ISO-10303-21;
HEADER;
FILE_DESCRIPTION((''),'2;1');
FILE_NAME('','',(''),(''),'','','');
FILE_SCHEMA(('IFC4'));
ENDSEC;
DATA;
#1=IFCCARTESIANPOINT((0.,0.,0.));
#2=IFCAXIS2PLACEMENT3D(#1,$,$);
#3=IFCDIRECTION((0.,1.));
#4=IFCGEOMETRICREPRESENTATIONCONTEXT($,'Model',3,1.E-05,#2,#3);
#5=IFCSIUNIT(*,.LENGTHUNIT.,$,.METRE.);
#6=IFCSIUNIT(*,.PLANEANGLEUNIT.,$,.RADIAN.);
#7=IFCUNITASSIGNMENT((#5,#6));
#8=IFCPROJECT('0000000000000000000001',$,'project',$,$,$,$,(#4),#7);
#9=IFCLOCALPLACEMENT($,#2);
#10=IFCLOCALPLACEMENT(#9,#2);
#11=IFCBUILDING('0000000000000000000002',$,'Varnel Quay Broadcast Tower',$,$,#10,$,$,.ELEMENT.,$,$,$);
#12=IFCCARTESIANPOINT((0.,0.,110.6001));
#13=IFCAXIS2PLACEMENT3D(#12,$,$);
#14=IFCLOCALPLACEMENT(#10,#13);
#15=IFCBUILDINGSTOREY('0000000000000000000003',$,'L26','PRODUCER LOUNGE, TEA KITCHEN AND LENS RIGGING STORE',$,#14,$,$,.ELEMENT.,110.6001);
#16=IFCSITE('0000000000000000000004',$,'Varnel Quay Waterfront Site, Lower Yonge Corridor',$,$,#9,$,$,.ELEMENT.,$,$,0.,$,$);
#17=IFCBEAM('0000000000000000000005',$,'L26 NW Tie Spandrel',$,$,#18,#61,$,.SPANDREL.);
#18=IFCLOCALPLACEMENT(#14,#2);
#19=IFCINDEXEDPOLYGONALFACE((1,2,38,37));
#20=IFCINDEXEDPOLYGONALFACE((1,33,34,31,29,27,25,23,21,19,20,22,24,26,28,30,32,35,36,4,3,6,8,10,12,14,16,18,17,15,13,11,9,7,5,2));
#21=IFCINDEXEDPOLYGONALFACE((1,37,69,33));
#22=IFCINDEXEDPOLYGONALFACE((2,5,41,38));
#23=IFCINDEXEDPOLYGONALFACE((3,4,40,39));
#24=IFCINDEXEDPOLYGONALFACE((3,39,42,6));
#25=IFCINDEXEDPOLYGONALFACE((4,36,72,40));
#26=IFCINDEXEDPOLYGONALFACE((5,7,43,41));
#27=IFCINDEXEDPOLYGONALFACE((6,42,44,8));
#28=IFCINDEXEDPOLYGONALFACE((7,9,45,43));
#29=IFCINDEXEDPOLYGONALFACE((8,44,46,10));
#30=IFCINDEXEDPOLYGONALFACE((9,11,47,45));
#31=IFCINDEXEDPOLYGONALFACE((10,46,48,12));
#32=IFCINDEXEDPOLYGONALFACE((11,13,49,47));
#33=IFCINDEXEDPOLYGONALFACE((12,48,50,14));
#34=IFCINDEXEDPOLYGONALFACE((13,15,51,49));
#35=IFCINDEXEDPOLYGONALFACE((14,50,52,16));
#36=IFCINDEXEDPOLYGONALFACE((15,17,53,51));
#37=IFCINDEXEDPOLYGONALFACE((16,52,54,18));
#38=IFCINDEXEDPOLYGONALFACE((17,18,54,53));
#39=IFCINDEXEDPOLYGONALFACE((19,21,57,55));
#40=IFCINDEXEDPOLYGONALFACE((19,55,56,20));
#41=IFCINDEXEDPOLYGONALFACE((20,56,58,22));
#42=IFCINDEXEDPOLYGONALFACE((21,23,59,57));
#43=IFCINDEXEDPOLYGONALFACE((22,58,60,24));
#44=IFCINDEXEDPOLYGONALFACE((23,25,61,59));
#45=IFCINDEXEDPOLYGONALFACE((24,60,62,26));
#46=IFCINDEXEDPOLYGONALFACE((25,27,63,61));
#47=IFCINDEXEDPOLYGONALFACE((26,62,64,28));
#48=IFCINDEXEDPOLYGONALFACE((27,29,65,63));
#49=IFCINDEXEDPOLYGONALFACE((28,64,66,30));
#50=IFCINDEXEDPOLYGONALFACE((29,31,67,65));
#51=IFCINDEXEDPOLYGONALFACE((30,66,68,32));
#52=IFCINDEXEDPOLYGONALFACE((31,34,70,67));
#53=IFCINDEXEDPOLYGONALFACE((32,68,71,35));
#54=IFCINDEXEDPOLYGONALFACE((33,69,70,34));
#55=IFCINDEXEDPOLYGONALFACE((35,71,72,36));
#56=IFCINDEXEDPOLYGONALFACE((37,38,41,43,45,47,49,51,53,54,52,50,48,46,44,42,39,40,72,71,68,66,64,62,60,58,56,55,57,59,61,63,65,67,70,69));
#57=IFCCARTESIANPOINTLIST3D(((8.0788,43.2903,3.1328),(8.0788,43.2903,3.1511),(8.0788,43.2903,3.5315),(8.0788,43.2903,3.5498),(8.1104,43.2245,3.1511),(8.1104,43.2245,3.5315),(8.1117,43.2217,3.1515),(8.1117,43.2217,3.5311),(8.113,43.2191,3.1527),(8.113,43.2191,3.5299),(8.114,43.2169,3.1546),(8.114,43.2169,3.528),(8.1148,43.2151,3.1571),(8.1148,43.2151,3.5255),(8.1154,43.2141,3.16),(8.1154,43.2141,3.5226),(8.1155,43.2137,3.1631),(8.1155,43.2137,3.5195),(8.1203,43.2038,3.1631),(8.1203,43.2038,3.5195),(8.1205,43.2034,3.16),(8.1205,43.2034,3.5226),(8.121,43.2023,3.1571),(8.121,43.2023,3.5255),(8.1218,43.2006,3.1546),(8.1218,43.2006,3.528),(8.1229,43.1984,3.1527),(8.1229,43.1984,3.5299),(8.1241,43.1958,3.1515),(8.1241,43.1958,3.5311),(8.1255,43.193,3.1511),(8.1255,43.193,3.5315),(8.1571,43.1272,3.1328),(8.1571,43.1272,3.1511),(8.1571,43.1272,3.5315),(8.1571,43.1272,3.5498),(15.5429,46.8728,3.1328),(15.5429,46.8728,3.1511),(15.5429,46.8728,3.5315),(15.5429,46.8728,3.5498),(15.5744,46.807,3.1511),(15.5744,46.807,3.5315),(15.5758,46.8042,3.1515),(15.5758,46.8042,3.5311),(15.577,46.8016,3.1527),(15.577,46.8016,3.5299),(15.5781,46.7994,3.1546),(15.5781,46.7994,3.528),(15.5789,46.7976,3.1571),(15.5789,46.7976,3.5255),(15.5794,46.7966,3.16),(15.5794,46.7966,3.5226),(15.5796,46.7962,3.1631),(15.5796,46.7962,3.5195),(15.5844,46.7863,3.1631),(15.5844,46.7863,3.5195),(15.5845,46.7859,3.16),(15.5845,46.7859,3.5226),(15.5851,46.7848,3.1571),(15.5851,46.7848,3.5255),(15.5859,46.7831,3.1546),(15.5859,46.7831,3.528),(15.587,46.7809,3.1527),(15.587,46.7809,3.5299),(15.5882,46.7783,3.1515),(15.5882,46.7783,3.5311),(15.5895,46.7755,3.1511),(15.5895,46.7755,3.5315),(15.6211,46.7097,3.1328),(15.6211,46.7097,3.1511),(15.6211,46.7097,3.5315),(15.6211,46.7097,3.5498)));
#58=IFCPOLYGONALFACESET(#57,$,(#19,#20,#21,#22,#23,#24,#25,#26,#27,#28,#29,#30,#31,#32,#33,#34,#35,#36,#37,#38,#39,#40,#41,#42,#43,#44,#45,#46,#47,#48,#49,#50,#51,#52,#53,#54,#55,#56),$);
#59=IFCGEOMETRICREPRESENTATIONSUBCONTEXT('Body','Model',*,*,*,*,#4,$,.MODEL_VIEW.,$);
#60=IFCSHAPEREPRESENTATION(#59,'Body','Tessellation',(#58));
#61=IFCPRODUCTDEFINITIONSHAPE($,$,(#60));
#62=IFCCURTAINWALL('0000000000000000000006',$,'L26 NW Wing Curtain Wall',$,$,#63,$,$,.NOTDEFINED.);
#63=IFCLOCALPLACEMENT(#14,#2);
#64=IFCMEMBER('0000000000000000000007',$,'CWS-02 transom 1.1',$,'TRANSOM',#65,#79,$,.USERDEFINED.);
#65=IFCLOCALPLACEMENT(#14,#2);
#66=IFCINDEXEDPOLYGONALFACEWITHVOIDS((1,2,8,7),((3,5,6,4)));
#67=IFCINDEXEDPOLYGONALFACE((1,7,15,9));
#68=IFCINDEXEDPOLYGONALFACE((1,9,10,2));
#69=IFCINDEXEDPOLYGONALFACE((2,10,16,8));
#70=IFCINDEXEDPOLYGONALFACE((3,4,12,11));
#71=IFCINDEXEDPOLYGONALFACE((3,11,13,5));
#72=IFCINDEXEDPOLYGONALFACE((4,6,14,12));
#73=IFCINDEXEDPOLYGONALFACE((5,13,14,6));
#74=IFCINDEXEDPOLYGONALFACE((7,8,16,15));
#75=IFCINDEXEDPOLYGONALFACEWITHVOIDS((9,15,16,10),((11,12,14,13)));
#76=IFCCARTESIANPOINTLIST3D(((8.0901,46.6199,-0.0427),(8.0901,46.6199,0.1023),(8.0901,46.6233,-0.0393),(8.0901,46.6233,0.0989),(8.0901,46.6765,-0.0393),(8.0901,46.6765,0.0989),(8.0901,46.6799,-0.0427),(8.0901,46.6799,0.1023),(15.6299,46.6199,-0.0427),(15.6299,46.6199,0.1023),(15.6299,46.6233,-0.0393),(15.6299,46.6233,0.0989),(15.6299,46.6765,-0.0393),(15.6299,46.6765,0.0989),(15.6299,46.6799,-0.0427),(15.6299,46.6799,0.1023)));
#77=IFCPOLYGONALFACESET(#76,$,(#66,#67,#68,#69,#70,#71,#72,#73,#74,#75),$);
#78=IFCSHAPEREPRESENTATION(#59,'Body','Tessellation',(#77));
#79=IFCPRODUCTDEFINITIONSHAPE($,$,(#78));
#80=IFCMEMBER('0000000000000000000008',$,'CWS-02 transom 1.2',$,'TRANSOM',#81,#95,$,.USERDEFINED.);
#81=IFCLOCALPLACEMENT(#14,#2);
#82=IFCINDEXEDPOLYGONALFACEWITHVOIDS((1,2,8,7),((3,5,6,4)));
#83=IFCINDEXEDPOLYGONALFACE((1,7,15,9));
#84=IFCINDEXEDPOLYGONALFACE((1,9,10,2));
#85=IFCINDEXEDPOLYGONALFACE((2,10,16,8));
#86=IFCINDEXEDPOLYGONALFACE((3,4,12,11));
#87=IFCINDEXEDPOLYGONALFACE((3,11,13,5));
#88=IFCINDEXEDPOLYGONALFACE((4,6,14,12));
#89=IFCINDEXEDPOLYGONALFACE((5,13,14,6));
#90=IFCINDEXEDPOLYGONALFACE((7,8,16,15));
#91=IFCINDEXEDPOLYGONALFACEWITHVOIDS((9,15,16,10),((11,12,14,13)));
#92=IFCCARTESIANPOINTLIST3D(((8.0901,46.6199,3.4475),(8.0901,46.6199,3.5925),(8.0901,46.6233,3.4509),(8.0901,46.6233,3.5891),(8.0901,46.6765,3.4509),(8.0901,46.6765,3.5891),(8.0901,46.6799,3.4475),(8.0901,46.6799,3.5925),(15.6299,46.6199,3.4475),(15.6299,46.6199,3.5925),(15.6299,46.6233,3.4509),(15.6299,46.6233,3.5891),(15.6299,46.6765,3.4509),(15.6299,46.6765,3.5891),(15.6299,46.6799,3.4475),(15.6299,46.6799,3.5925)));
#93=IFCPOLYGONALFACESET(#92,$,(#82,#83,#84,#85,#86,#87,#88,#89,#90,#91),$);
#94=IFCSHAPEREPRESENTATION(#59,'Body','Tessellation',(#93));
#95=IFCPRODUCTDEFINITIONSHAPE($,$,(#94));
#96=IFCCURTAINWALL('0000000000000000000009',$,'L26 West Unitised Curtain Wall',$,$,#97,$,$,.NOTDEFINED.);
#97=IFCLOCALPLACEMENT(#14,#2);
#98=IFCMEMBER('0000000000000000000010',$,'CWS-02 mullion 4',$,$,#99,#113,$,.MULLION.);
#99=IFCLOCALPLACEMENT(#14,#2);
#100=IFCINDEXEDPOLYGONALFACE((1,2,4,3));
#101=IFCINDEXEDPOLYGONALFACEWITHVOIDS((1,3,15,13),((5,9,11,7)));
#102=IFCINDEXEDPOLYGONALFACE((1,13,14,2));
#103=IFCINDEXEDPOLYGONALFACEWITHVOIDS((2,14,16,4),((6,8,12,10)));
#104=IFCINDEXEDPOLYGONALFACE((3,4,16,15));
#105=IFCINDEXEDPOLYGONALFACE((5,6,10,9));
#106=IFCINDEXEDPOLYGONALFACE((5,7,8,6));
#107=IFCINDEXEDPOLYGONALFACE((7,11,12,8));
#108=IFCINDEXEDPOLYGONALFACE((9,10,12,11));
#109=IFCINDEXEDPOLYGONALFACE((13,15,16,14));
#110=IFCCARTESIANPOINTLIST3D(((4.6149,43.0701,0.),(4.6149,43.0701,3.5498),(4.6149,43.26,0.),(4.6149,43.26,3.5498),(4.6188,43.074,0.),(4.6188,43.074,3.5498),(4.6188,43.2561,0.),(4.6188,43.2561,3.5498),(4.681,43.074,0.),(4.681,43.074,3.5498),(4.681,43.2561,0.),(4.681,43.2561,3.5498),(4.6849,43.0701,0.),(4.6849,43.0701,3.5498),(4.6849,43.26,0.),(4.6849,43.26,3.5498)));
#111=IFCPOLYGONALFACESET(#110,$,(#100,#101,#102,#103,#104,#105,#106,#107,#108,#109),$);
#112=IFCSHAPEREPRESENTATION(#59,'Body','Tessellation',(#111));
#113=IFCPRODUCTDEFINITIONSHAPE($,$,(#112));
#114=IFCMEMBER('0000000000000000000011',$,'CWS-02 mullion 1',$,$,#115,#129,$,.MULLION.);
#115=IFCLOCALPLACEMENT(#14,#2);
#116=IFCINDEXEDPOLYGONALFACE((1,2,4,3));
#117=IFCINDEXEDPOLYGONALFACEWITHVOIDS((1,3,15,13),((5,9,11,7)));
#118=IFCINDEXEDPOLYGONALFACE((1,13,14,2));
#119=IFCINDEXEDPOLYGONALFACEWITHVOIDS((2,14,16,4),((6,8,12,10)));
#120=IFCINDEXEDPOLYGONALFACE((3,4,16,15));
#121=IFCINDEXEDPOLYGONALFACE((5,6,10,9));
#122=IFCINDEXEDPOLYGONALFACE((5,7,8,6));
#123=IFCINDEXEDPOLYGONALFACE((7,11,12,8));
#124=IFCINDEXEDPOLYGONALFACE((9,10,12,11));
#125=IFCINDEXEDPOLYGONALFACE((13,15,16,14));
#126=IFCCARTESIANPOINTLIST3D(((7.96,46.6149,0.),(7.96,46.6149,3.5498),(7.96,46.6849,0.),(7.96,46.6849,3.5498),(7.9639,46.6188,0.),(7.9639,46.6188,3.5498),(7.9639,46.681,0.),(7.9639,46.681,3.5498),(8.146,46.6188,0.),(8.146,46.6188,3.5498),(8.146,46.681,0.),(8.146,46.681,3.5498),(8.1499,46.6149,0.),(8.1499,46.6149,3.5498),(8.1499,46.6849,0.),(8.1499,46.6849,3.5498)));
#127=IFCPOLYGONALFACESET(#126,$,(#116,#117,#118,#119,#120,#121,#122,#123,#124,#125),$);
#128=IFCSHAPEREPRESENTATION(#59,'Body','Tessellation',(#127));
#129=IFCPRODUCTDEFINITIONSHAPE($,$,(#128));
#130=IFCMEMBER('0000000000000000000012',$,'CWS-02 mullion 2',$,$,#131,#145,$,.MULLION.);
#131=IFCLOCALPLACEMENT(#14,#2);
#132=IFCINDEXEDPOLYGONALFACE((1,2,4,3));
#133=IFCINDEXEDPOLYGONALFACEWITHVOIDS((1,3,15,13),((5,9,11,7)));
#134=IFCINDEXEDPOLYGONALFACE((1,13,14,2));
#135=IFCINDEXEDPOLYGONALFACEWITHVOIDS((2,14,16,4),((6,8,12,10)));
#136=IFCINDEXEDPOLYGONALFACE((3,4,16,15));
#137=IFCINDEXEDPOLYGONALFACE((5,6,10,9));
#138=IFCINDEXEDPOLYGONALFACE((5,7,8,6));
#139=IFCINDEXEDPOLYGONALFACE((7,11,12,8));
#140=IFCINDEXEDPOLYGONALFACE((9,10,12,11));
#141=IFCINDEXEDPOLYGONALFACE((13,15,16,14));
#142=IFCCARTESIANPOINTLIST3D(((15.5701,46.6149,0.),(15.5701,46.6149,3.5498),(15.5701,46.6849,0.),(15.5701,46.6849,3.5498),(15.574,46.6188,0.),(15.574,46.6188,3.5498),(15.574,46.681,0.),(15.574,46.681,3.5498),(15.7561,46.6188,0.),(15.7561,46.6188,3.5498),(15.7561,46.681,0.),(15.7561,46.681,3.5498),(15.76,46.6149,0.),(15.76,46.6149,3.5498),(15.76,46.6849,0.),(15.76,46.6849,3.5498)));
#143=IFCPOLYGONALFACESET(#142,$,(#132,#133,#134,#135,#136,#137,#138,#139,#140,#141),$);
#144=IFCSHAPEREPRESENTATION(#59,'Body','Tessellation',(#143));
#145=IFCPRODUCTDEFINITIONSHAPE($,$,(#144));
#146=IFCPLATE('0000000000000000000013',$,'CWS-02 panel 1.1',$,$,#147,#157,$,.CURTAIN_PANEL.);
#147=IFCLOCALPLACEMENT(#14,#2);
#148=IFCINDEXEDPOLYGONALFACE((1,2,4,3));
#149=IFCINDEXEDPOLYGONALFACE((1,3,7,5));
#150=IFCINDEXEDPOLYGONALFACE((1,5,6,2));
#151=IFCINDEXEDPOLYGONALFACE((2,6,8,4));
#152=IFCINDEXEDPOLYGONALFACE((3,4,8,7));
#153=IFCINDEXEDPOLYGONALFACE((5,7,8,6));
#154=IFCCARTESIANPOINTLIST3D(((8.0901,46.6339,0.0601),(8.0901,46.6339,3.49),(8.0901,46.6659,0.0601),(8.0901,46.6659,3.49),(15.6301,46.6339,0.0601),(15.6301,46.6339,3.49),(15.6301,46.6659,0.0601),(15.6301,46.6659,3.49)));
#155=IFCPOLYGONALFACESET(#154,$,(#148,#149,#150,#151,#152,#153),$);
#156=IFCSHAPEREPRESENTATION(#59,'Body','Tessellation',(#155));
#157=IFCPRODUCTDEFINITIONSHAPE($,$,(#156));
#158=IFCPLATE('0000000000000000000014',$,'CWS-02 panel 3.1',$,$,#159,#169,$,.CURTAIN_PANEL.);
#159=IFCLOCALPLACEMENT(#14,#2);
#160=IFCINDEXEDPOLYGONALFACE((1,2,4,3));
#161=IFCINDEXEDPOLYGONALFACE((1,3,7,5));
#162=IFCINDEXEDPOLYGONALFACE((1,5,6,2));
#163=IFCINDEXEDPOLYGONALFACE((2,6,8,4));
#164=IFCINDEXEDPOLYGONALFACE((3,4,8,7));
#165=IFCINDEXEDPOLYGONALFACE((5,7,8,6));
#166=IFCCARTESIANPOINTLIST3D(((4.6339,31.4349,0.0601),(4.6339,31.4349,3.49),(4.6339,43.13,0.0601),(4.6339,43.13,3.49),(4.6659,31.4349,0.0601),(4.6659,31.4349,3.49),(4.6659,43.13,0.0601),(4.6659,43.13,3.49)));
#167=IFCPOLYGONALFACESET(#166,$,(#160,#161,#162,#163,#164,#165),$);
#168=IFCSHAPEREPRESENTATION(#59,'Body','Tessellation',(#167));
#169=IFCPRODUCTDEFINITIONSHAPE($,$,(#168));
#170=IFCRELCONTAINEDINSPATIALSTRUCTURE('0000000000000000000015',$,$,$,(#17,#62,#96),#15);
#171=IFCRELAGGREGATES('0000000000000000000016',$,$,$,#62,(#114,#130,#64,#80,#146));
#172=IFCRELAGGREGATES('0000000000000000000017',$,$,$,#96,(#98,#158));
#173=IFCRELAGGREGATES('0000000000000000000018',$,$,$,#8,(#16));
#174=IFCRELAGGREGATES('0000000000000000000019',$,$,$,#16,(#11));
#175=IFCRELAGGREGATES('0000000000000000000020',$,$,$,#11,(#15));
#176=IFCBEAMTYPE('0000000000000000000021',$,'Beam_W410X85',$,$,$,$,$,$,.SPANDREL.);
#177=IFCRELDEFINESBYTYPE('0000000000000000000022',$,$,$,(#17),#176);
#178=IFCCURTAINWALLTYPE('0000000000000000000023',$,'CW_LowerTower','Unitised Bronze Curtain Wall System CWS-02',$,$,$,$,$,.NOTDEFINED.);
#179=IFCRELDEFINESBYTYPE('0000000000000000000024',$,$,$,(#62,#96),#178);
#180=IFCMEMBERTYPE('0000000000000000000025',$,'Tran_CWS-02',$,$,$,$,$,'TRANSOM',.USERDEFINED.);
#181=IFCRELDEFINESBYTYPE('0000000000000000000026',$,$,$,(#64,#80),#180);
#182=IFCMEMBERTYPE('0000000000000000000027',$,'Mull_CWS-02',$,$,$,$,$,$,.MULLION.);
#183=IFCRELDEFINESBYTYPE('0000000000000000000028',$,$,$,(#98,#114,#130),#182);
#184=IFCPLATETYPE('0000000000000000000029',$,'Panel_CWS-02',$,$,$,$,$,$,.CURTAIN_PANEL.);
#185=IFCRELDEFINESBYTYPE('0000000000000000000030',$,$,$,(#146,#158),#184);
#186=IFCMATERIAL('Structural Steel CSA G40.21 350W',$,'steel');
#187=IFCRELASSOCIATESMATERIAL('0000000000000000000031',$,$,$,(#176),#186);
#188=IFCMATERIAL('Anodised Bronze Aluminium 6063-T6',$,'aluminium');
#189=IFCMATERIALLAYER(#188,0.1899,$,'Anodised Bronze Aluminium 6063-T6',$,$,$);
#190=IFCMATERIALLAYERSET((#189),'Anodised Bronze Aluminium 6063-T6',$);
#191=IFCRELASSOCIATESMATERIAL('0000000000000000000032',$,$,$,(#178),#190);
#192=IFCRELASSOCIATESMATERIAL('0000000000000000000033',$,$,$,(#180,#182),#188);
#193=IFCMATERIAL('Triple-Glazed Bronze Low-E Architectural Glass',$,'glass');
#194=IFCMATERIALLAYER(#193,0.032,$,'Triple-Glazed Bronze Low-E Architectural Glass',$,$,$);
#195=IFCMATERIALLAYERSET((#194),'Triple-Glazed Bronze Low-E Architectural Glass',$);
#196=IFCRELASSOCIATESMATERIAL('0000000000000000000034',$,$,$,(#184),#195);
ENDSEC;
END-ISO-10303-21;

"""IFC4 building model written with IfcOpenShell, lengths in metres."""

from ifc_helpers import new_model, si_unit, direction, frame, origin, origin_2d, place, context, subcontext, project, spatial, rectangle, hollow_rectangle, i_section, extrude, source, transform, mapped, material, layer, layer_set, material_profile, profile_set, type_object, type_shapes, element, aggregate, save


model = new_model("IFC4")

# Units and contexts
model_context = context("Model", 3, precision=1e-05, world=origin(), true_north=direction((0.0, 1.0)))
body_context = subcontext(model_context, "Body", "Model", "MODEL_VIEW")
ifc_project = project(units=[si_unit("LENGTHUNIT", "METRE"), si_unit("PLANEANGLEUNIT", "RADIAN")], contexts=[model_context])

# Site, building, storey
site_placement = place(None, origin())
site = spatial("IfcSite", under=ifc_project, at=site_placement, Name="Varnel Quay Waterfront Site, Lower Yonge Corridor", CompositionType="ELEMENT", RefElevation=0.0)
building_placement = place(site_placement, origin())
building = spatial("IfcBuilding", under=site, at=building_placement, Name="Varnel Quay Broadcast Tower", CompositionType="ELEMENT")
storey_placement = place(building_placement, frame((0.0, 0.0, 110.6001)))
storey = spatial("IfcBuildingStorey", under=building, at=storey_placement, Name="L26", Description="PRODUCER LOUNGE, TEA KITCHEN AND LENS RIGGING STORE", CompositionType="ELEMENT", Elevation=110.6001)

# Beam
ifc_material_1 = material(Name="Structural Steel CSA G40.21 350W", Category="steel")
ifc_material_profile_1 = material_profile(ifc_material_1, i_section(OverallWidth=0.1809, OverallDepth=0.417, WebThickness=0.011, FlangeThickness=0.0183, FilletRadius=0.012, at=origin_2d()), Name="W410X85")
ifc_profile_set_1 = profile_set([ifc_material_profile_1], Name="Structural Steel CSA G40.21 350W")
beam_type_1 = type_object("IfcBeamType", Name="Beam_W410X85", PredefinedType="SPANDREL", material=ifc_profile_set_1)
shared_shape_1 = source(origin(), body_context, "Body", "SweptSolid", [
    extrude(i_section(OverallWidth=0.1809, OverallDepth=0.417, WebThickness=0.011, FlangeThickness=0.0183, FilletRadius=0.012, at=origin_2d()), origin(), (0.0, 0.0, 1.0), 8.2793),
])
beam_1_placement = place(storey_placement, frame((8.1179, 43.2087, 3.3413), z_axis=(0.901535, 0.432706, 0.0), x_axis=(-0.432706, 0.901535, 0.0)))
element("IfcBeam", 1, at=beam_1_placement, inside=storey, type_object=beam_type_1, Name="L26 NW Tie Spandrel", PredefinedType="SPANDREL", context=body_context, shape_type="MappedRepresentation", body=[
    mapped(shared_shape_1, transform((0.0, 0.0, 0.0), x_axis=(1.0, 0.0, 0.0), y_axis=(0.0, 1.0, 0.0), z_axis=(0.0, 0.0, 1.0), scale=1.0)),
])

# Curtain wall, members
ifc_material_2 = material(Name="Anodised Bronze Aluminium 6063-T6", Category="aluminium")
ifc_layer_1 = layer(ifc_material_2, 0.1899, Name="Anodised Bronze Aluminium 6063-T6")
ifc_layer_set_1 = layer_set([ifc_layer_1], Name="Anodised Bronze Aluminium 6063-T6")
curtain_wall_type = type_object("IfcCurtainWallType", Name="CW_LowerTower", Description="Unitised Bronze Curtain Wall System CWS-02", PredefinedType="NOTDEFINED", material=ifc_layer_set_1)
curtain_wall_1_placement = place(storey_placement, origin())
curtain_wall_1 = element("IfcCurtainWall", 2, at=curtain_wall_1_placement, inside=storey, type_object=curtain_wall_type, Name="L26 NW Wing Curtain Wall", PredefinedType="NOTDEFINED")
ifc_material_profile_2 = material_profile(ifc_material_2, hollow_rectangle(XDim=0.0601, YDim=0.145, WallThickness=0.0034, at=origin_2d()), Name="ALU60X145X3.5")
ifc_profile_set_2 = profile_set([ifc_material_profile_2], Name="Anodised Bronze Aluminium 6063-T6")
member_type_1 = type_object("IfcMemberType", Name="Tran_CWS-02", ElementType="TRANSOM", PredefinedType="USERDEFINED", material=ifc_profile_set_2)
shared_shape_2 = source(origin(), body_context, "Body", "SweptSolid", [
    extrude(hollow_rectangle(XDim=0.0601, YDim=0.145, WallThickness=0.0034, at=origin_2d()), origin(), (0.0, 0.0, 1.0), 7.5398),
])
type_shapes(member_type_1, [shared_shape_2])
member_1_placement = place(storey_placement, frame((8.0901, 46.6499, 0.0298), z_axis=(1.0, 0.0, 0.0), x_axis=(0.0, 1.0, 0.0)))
member_1 = element("IfcMember", 3, at=member_1_placement, type_object=member_type_1, Name="CWS-02 transom 1.1", ObjectType="TRANSOM", PredefinedType="USERDEFINED", context=body_context, shape_type="MappedRepresentation", body=[
    mapped(shared_shape_2, transform((0.0, 0.0, 0.0), x_axis=(1.0, 0.0, 0.0), y_axis=(0.0, 1.0, 0.0), z_axis=(0.0, 0.0, 1.0), scale=1.0)),
])
member_2_placement = place(storey_placement, frame((8.0901, 46.6499, 3.52), z_axis=(1.0, 0.0, 0.0), x_axis=(0.0, 1.0, 0.0)))
member_2 = element("IfcMember", 4, at=member_2_placement, type_object=member_type_1, Name="CWS-02 transom 1.2", ObjectType="TRANSOM", PredefinedType="USERDEFINED", context=body_context, shape_type="MappedRepresentation", body=[
    mapped(shared_shape_2, transform((0.0, 0.0, 0.0), x_axis=(1.0, 0.0, 0.0), y_axis=(0.0, 1.0, 0.0), z_axis=(0.0, 0.0, 1.0), scale=1.0)),
])

# Curtain wall, member
curtain_wall_2_placement = place(storey_placement, origin())
curtain_wall_2 = element("IfcCurtainWall", 5, at=curtain_wall_2_placement, inside=storey, type_object=curtain_wall_type, Name="L26 West Unitised Curtain Wall", PredefinedType="NOTDEFINED")
ifc_material_profile_3 = material_profile(ifc_material_2, hollow_rectangle(XDim=0.0701, YDim=0.1899, WallThickness=0.0039, at=origin_2d()), Name="ALU70X190X4")
ifc_profile_set_3 = profile_set([ifc_material_profile_3], Name="Anodised Bronze Aluminium 6063-T6")
member_type_2 = type_object("IfcMemberType", Name="Mull_CWS-02", PredefinedType="MULLION", material=ifc_profile_set_3)
shared_shape_3 = source(origin(), body_context, "Body", "SweptSolid", [
    extrude(hollow_rectangle(XDim=0.0701, YDim=0.1899, WallThickness=0.0039, at=origin_2d()), origin(), (0.0, 0.0, 1.0), 3.5498),
])
type_shapes(member_type_2, [shared_shape_3])
member_3_placement = place(storey_placement, frame((4.6499, 43.165, 0.0), z_axis=(0.0, 0.0, 1.0), x_axis=(-1.0, 0.0, 0.0)))
member_3 = element("IfcMember", 6, at=member_3_placement, type_object=member_type_2, Name="CWS-02 mullion 4", PredefinedType="MULLION", context=body_context, shape_type="MappedRepresentation", body=[
    mapped(shared_shape_3, transform((0.0, 0.0, 0.0), x_axis=(1.0, 0.0, 0.0), y_axis=(0.0, 1.0, 0.0), z_axis=(0.0, 0.0, 1.0), scale=1.0)),
])

# Members
member_4_placement = place(storey_placement, frame((8.0549, 46.6499, 0.0), z_axis=(0.0, 0.0, 1.0), x_axis=(0.0, 1.0, 0.0)))
member_4 = element("IfcMember", 7, at=member_4_placement, type_object=member_type_2, Name="CWS-02 mullion 1", PredefinedType="MULLION", context=body_context, shape_type="MappedRepresentation", body=[
    mapped(shared_shape_3, transform((0.0, 0.0, 0.0), x_axis=(1.0, 0.0, 0.0), y_axis=(0.0, 1.0, 0.0), z_axis=(0.0, 0.0, 1.0), scale=1.0)),
])
member_5_placement = place(storey_placement, frame((15.665, 46.6499, 0.0), z_axis=(0.0, 0.0, 1.0), x_axis=(0.0, 1.0, 0.0)))
member_5 = element("IfcMember", 8, at=member_5_placement, type_object=member_type_2, Name="CWS-02 mullion 2", PredefinedType="MULLION", context=body_context, shape_type="MappedRepresentation", body=[
    mapped(shared_shape_3, transform((0.0, 0.0, 0.0), x_axis=(1.0, 0.0, 0.0), y_axis=(0.0, 1.0, 0.0), z_axis=(0.0, 0.0, 1.0), scale=1.0)),
])

# Plates
ifc_material_3 = material(Name="Triple-Glazed Bronze Low-E Architectural Glass", Category="glass")
ifc_layer_2 = layer(ifc_material_3, 0.032, Name="Triple-Glazed Bronze Low-E Architectural Glass")
ifc_layer_set_2 = layer_set([ifc_layer_2], Name="Triple-Glazed Bronze Low-E Architectural Glass")
plate_type = type_object("IfcPlateType", Name="Panel_CWS-02", PredefinedType="CURTAIN_PANEL", material=ifc_layer_set_2)
shared_shape_4 = source(origin(), body_context, "Body", "SweptSolid", [
    extrude(rectangle(XDim=7.54, YDim=0.032, at=origin_2d()), origin(), (0.0, 0.0, 1.0), 3.4299),
])
plate_1_placement = place(storey_placement, frame((11.8601, 46.6499, 0.0601), z_axis=(0.0, 0.0, 1.0), x_axis=(1.0, 0.0, 0.0)))
plate_1 = element("IfcPlate", 9, at=plate_1_placement, type_object=plate_type, Name="CWS-02 panel 1.1", PredefinedType="CURTAIN_PANEL", context=body_context, shape_type="MappedRepresentation", body=[
    mapped(shared_shape_4, transform((0.0, 0.0, 0.0), x_axis=(1.0, 0.0, 0.0), y_axis=(0.0, 1.0, 0.0), z_axis=(0.0, 0.0, 1.0), scale=1.0)),
])
aggregate(curtain_wall_1, [member_4, member_5, member_1, member_2, plate_1])
shared_shape_5 = source(origin(), body_context, "Body", "SweptSolid", [
    extrude(rectangle(XDim=11.6951, YDim=0.032, at=origin_2d()), origin(), (0.0, 0.0, 1.0), 3.4299),
])
type_shapes(plate_type, [shared_shape_4, shared_shape_5])
plate_2_placement = place(storey_placement, frame((4.6499, 37.2825, 0.0601), z_axis=(0.0, 0.0, 1.0), x_axis=(0.0, 1.0, 0.0)))
plate_2 = element("IfcPlate", 10, at=plate_2_placement, type_object=plate_type, Name="CWS-02 panel 3.1", PredefinedType="CURTAIN_PANEL", context=body_context, shape_type="MappedRepresentation", body=[
    mapped(shared_shape_5, transform((0.0, 0.0, 0.0), x_axis=(1.0, 0.0, 0.0), y_axis=(0.0, 1.0, 0.0), z_axis=(0.0, 0.0, 1.0), scale=1.0)),
])
aggregate(curtain_wall_2, [member_3, plate_2])

save(model, "model.ifc")
